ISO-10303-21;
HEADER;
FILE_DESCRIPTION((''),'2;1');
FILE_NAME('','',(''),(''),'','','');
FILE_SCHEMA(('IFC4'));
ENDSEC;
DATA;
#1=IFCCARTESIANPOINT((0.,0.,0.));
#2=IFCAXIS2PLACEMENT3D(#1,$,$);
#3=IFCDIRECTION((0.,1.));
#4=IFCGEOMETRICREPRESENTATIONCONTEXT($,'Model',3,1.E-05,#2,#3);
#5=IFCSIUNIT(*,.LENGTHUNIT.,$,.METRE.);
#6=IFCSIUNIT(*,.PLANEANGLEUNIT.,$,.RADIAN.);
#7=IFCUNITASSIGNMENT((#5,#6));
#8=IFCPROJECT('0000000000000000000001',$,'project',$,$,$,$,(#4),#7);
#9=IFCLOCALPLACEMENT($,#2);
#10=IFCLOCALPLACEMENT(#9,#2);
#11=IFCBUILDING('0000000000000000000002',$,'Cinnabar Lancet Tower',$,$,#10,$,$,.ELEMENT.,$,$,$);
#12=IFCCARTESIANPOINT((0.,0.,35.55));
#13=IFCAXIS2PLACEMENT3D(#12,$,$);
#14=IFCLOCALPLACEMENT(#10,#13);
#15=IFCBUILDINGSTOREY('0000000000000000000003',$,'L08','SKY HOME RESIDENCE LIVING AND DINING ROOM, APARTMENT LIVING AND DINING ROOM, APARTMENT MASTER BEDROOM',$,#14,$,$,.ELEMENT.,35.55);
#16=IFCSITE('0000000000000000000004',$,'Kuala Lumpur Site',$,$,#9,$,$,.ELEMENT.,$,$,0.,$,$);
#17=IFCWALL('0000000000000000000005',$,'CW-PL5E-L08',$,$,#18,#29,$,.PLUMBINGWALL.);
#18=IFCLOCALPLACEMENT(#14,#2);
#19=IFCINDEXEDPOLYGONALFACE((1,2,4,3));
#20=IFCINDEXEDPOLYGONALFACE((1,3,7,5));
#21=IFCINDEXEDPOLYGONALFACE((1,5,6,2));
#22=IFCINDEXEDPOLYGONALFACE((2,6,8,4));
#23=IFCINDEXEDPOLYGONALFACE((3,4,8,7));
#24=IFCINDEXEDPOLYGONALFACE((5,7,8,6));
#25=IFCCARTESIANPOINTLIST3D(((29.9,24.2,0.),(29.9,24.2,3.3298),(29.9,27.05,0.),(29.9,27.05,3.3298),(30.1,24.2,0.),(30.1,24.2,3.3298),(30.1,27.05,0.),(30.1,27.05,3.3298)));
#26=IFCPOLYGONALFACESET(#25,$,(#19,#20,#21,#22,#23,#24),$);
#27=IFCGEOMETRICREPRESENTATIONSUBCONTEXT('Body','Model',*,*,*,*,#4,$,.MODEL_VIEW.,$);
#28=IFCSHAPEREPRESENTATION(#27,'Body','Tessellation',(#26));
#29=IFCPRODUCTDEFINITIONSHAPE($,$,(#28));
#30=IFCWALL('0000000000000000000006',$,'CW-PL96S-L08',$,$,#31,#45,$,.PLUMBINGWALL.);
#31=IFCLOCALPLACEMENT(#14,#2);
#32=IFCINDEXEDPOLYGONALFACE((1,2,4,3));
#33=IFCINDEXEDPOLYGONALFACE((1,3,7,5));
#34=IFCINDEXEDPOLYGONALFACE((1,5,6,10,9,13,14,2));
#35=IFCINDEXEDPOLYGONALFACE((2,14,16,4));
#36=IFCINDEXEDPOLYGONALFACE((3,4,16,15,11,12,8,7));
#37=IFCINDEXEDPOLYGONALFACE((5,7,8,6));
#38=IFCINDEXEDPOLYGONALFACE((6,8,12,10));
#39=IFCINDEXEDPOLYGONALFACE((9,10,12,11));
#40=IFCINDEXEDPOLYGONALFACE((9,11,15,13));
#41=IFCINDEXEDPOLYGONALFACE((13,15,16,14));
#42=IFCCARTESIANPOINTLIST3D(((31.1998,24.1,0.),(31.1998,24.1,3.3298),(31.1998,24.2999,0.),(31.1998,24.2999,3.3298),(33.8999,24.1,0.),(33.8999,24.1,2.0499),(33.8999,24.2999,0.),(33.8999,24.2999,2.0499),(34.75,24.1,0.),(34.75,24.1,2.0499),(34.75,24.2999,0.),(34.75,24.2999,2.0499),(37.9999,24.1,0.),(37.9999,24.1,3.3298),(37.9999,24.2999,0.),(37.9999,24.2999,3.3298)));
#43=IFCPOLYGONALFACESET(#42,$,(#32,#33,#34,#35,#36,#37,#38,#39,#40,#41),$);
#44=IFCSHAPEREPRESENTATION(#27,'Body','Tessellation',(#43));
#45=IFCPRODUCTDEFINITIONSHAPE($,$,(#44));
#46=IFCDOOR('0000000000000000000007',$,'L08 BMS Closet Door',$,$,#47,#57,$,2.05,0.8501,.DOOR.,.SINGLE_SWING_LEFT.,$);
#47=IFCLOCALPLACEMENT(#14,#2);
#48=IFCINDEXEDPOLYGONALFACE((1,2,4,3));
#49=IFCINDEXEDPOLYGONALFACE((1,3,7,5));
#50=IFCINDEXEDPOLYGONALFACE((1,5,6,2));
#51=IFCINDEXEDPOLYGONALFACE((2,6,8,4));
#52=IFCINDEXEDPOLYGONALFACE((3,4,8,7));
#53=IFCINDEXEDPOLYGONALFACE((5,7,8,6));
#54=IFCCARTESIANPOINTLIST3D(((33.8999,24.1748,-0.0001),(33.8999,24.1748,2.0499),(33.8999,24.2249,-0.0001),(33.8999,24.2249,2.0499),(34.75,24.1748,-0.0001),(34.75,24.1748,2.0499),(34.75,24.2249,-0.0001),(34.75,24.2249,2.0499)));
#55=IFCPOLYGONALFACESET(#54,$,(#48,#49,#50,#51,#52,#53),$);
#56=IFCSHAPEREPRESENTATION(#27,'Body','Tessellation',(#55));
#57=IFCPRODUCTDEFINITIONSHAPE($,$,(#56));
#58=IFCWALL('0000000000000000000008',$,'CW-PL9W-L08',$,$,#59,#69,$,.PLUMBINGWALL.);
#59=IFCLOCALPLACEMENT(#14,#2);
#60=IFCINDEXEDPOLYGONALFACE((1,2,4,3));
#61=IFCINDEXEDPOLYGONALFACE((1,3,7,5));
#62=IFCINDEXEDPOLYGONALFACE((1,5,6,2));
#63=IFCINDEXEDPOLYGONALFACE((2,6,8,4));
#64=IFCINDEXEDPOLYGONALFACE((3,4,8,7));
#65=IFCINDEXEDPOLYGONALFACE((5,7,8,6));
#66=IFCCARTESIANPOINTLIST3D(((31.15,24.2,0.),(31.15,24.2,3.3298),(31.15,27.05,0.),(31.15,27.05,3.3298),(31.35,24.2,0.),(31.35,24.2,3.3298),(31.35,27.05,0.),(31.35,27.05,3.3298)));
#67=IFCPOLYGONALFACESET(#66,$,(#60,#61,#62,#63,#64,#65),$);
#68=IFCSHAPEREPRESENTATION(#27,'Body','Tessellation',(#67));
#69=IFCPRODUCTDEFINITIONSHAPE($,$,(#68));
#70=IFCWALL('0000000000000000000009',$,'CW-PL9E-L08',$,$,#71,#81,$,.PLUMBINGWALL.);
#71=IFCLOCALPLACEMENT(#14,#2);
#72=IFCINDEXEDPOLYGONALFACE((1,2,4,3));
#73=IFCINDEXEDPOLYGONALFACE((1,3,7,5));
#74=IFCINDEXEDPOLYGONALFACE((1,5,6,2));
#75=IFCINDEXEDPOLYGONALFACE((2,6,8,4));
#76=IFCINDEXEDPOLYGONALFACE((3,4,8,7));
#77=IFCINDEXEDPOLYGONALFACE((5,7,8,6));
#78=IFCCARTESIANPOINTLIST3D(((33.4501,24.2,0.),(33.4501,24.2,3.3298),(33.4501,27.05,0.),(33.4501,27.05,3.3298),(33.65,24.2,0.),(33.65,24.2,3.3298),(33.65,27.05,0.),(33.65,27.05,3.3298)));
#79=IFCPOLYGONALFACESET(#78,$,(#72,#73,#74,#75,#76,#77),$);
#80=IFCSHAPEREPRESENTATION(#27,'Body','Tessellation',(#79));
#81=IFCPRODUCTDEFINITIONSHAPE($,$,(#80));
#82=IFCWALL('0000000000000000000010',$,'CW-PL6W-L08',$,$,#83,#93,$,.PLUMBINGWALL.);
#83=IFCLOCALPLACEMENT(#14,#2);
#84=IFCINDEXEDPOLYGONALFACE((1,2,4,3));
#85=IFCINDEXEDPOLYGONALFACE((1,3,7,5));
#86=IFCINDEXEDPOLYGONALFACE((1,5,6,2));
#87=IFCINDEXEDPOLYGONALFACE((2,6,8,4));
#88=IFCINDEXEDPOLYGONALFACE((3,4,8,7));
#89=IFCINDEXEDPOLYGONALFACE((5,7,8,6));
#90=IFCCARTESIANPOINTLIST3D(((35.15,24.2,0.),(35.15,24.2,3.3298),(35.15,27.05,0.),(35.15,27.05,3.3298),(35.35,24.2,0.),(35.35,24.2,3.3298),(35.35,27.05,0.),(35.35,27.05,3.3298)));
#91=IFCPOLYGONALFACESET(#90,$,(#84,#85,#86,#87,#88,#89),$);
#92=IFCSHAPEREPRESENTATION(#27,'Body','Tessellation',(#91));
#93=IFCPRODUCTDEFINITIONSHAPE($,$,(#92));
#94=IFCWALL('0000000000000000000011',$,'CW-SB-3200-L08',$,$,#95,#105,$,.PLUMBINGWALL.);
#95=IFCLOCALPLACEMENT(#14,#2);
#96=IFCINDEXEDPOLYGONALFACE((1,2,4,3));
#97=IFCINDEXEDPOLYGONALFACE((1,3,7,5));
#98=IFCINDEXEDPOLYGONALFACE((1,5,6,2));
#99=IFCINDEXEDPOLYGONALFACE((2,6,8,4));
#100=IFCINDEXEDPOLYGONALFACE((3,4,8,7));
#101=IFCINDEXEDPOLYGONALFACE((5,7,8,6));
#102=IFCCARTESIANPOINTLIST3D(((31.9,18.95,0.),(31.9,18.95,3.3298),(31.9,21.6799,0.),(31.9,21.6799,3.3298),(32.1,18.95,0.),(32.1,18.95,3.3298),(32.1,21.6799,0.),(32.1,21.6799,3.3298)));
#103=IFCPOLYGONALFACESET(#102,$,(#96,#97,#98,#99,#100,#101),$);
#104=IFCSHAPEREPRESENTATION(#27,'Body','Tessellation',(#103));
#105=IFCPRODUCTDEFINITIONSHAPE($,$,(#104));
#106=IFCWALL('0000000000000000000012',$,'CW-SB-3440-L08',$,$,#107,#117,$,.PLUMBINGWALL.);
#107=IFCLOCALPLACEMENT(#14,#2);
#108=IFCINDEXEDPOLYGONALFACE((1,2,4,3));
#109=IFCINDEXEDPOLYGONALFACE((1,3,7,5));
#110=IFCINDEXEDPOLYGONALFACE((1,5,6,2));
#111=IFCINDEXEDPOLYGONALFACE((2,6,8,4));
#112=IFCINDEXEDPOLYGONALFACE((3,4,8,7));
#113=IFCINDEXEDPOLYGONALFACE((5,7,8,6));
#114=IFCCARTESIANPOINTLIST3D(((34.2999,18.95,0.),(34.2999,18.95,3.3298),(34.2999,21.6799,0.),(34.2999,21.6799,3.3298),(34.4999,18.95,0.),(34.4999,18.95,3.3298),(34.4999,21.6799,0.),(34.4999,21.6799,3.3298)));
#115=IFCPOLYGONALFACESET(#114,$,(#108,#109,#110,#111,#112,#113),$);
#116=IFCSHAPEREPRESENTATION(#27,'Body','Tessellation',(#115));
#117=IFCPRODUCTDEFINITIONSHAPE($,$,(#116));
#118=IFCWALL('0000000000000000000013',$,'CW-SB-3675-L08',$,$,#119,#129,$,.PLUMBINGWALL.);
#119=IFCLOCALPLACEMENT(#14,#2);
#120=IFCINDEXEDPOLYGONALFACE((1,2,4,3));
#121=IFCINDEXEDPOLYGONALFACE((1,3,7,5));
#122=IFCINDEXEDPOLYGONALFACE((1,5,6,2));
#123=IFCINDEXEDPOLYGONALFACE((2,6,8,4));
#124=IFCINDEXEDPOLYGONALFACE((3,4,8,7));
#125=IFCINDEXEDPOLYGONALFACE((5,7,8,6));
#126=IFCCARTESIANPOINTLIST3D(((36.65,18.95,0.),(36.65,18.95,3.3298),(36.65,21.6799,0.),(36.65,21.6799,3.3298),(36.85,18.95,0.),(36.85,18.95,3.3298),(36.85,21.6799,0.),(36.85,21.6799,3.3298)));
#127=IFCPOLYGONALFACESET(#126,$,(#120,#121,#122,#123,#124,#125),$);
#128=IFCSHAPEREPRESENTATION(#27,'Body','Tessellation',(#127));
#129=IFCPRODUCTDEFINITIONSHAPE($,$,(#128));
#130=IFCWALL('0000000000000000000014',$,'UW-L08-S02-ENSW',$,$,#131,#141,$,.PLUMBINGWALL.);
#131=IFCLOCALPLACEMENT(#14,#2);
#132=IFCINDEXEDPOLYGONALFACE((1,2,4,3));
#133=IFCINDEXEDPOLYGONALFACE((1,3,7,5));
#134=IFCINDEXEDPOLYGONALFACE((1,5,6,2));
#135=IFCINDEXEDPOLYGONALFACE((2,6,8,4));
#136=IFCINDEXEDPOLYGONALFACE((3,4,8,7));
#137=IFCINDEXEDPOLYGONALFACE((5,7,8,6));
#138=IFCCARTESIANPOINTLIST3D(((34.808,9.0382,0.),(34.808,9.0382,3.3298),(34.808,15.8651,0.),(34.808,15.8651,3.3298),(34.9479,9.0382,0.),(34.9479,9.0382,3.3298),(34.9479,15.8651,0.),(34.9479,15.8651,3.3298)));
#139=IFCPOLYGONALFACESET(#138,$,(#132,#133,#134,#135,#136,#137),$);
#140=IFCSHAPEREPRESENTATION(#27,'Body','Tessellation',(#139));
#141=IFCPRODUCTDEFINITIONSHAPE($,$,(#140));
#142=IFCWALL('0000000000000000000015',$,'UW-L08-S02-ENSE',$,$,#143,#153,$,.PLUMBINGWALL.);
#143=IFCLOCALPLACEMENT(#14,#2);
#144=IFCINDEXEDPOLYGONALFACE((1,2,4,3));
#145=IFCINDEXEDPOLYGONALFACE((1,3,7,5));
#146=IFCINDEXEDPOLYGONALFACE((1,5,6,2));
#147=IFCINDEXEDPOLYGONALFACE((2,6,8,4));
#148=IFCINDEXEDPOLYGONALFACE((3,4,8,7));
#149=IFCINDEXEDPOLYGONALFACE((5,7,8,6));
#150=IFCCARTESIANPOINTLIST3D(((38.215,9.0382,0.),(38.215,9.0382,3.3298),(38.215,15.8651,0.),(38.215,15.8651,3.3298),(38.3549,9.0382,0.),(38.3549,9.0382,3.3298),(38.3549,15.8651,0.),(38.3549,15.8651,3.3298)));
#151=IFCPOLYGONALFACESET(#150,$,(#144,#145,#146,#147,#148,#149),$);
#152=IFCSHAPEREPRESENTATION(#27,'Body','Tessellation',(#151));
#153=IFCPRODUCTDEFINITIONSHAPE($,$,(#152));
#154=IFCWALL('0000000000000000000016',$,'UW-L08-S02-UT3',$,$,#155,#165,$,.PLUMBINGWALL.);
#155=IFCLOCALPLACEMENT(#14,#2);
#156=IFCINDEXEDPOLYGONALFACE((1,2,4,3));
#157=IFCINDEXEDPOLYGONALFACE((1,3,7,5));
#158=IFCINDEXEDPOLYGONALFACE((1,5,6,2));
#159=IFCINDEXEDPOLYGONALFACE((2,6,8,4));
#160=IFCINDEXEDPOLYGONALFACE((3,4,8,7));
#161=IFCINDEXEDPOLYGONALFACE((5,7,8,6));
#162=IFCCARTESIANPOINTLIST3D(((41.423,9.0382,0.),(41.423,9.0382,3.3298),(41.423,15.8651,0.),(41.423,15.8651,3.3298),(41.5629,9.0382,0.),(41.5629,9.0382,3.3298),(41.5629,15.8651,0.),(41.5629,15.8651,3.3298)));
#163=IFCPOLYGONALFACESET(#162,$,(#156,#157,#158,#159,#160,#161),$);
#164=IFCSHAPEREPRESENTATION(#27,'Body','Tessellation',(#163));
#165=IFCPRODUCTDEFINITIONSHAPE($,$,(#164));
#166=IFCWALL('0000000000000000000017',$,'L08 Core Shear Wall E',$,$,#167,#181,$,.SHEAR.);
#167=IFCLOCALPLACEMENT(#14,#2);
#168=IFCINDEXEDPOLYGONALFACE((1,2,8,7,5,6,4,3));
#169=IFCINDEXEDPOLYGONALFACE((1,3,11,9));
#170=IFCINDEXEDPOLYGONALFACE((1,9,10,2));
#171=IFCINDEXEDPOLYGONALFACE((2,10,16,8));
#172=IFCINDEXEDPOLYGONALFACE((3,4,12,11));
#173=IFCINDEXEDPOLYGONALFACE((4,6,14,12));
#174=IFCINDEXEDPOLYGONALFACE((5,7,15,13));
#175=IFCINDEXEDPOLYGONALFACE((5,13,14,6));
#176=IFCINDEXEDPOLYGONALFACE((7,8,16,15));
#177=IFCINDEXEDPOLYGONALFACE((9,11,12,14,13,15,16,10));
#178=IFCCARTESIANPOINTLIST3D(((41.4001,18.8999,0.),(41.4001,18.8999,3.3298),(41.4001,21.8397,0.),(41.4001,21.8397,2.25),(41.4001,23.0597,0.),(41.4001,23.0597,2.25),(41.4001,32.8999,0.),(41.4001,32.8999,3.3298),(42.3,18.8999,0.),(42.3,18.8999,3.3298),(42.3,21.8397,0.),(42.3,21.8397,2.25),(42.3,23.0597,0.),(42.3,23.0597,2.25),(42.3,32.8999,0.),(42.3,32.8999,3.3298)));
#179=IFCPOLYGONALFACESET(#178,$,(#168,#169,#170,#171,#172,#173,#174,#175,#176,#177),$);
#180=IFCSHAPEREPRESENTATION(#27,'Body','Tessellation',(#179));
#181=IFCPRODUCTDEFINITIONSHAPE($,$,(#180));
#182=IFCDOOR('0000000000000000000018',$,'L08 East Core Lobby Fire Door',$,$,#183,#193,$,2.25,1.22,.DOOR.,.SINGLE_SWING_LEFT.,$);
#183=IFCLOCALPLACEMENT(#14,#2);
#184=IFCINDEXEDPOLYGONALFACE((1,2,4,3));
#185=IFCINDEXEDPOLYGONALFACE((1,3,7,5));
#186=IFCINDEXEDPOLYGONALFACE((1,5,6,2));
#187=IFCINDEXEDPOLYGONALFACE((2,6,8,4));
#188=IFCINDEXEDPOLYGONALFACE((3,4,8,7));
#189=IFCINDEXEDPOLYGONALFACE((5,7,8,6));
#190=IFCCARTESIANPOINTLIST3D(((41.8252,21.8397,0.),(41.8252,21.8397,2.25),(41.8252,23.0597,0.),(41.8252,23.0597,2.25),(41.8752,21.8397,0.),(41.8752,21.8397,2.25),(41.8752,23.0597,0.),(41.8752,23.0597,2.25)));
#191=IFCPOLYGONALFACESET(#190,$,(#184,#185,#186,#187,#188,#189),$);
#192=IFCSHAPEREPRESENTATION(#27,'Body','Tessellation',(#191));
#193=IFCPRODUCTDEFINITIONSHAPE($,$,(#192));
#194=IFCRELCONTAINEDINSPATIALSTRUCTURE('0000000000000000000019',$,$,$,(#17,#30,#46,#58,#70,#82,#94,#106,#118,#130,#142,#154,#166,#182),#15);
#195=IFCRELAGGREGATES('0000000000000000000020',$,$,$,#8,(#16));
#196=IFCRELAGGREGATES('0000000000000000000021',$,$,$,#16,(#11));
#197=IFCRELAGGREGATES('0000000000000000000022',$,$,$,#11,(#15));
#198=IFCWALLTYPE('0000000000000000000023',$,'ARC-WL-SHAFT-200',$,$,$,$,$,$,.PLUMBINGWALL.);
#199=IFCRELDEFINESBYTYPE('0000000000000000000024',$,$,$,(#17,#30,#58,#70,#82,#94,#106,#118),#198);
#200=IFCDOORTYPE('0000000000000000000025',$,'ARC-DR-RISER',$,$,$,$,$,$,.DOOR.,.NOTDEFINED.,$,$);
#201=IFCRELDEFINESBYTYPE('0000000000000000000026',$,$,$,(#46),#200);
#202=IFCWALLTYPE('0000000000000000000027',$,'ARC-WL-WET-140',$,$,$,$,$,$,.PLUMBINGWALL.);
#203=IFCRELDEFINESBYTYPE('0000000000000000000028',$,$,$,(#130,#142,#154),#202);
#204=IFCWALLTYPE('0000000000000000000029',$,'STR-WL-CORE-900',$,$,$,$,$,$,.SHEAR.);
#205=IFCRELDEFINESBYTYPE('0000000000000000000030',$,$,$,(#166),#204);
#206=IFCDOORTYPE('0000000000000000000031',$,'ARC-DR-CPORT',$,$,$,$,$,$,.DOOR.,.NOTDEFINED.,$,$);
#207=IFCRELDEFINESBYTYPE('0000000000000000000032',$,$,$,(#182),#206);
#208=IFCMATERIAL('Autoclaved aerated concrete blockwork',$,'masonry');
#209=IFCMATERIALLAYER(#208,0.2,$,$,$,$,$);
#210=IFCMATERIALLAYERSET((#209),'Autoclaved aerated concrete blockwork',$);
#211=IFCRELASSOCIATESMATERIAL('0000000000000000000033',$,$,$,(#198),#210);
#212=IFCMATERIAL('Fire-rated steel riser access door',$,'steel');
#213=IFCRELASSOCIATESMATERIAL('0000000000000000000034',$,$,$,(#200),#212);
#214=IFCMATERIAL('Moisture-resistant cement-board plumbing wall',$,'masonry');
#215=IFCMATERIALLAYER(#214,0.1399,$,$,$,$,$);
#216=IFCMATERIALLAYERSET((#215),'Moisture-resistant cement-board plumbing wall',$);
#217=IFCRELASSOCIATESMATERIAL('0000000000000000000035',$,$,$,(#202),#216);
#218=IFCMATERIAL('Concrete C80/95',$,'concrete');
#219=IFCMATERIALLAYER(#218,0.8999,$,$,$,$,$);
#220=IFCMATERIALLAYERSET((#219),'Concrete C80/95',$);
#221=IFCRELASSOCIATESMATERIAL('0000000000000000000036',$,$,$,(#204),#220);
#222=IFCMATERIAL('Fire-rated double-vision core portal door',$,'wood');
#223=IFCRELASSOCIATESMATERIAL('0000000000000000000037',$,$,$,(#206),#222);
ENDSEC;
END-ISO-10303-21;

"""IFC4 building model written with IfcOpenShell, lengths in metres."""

from ifc_helpers import new_model, si_unit, direction, frame, frame_2d, origin, place, context, subcontext, project, spatial, rectangle, extrude, material, layer, layer_set, type_object, element, fill, save


model = new_model("IFC4")

# Units and contexts
model_context = context("Model", 3, precision=1e-05, world=origin(), true_north=direction((0.0, 1.0)))
body_context = subcontext(model_context, "Body", "Model", "MODEL_VIEW")
ifc_project = project(units=[si_unit("LENGTHUNIT", "METRE"), si_unit("PLANEANGLEUNIT", "RADIAN")], contexts=[model_context])

# Site, building, storey
site_placement = place(None, origin())
site = spatial("IfcSite", under=ifc_project, at=site_placement, Name="Kuala Lumpur Site", CompositionType="ELEMENT", RefElevation=0.0)
building_placement = place(site_placement, origin())
building = spatial("IfcBuilding", under=site, at=building_placement, Name="Cinnabar Lancet Tower", CompositionType="ELEMENT")
storey_placement = place(building_placement, frame((0.0, 0.0, 35.55)))
storey = spatial("IfcBuildingStorey", under=building, at=storey_placement, Name="L08", Description="SKY HOME RESIDENCE LIVING AND DINING ROOM, APARTMENT LIVING AND DINING ROOM, APARTMENT MASTER BEDROOM", CompositionType="ELEMENT", Elevation=35.55)

# Wall
ifc_material_1 = material(Name="Autoclaved aerated concrete blockwork", Category="masonry")
ifc_layer_1 = layer(ifc_material_1, 0.2)
ifc_layer_set_1 = layer_set([ifc_layer_1], Name="Autoclaved aerated concrete blockwork")
wall_type_1 = type_object("IfcWallType", Name="ARC-WL-SHAFT-200", PredefinedType="PLUMBINGWALL", material=ifc_layer_set_1)
wall_1_placement = place(storey_placement, frame((30.0, 24.2, 0.0), z_axis=(0.0, 0.0, 1.0), x_axis=(0.0, 1.0, 0.0)))
element("IfcWall", 1, at=wall_1_placement, inside=storey, type_object=wall_type_1, Name="CW-PL5E-L08", PredefinedType="PLUMBINGWALL", context=body_context, shape_type="SweptSolid", body=[
    extrude(rectangle(XDim=2.8501, YDim=0.2, at=frame_2d((1.425, 0.0))), origin(), (0.0, 0.0, 1.0), 3.3298),
])

# Wall, opening, door
wall_2_placement = place(storey_placement, frame((31.2, 24.2, 0.0), z_axis=(0.0, 0.0, 1.0), x_axis=(1.0, 0.0, 0.0)))
wall_2 = element("IfcWall", 2, at=wall_2_placement, inside=storey, type_object=wall_type_1, Name="CW-PL96S-L08", PredefinedType="PLUMBINGWALL", context=body_context, shape_type="SweptSolid", body=[
    extrude(rectangle(XDim=6.8, YDim=0.2, at=frame_2d((3.3999, 0.0))), origin(), (0.0, 0.0, 1.0), 3.3298),
])
opening_1_placement = place(wall_2_placement, frame((2.7, 0.0, 0.0)))
opening_1 = element("IfcOpeningElement", 3, at=opening_1_placement, cuts=wall_2, PredefinedType="OPENING", context=body_context, shape_type="SweptSolid", body=[
    extrude(rectangle(XDim=0.8501, YDim=2.05, at=frame_2d((0.425, 1.0249))), frame((0.0, 0.1099, 0.0), z_axis=(0.0, -1.0, 0.0), x_axis=(1.0, 0.0, 0.0)), (0.0, 0.0, 1.0), 0.22),
])
ifc_material_2 = material(Name="Fire-rated steel riser access door", Category="steel")
door_type_1 = type_object("IfcDoorType", Name="ARC-DR-RISER", OperationType="NOTDEFINED", PredefinedType="DOOR", material=ifc_material_2)
door_1_placement = place(opening_1_placement, origin())
door_1 = element("IfcDoor", 4, at=door_1_placement, inside=storey, type_object=door_type_1, Name="L08 BMS Closet Door", OperationType="SINGLE_SWING_LEFT", OverallHeight=2.05, OverallWidth=0.8501, PredefinedType="DOOR", context=body_context, shape_type="SweptSolid", body=[
    extrude(rectangle(XDim=0.8501, YDim=2.05, at=frame_2d((0.425, 1.0249))), frame((0.0, 0.0249, 0.0), z_axis=(0.0, -1.0, 0.0), x_axis=(1.0, 0.0, 0.0)), (0.0, 0.0, 1.0), 0.05),
])
fill(opening_1, door_1)

# Walls
for number, where, z_axis, x_axis, name in (
    (5, (31.25, 24.2, 0.0), (0.0, 0.0, 1.0), (0.0, 1.0, 0.0), "CW-PL9W-L08"),
    (6, (33.55, 24.2, 0.0), (0.0, 0.0, 1.0), (0.0, 1.0, 0.0), "CW-PL9E-L08"),
    (7, (35.25, 24.2, 0.0), (0.0, 0.0, 1.0), (0.0, 1.0, 0.0), "CW-PL6W-L08"),
):
    element("IfcWall", number, at=place(storey_placement, frame(where, z_axis=z_axis, x_axis=x_axis)), inside=storey, type_object=wall_type_1, Name=name, PredefinedType="PLUMBINGWALL", context=body_context, shape_type="SweptSolid", body=[
        extrude(rectangle(XDim=2.8501, YDim=0.2, at=frame_2d((1.425, 0.0))), origin(), (0.0, 0.0, 1.0), 3.3298),
    ])
for number, where, z_axis, x_axis, name in (
    (8, (32.0, 18.95, 0.0), (0.0, 0.0, 1.0), (0.0, 1.0, 0.0), "CW-SB-3200-L08"),
    (9, (34.3999, 18.95, 0.0), (0.0, 0.0, 1.0), (0.0, 1.0, 0.0), "CW-SB-3440-L08"),
    (10, (36.75, 18.95, 0.0), (0.0, 0.0, 1.0), (0.0, 1.0, 0.0), "CW-SB-3675-L08"),
):
    element("IfcWall", number, at=place(storey_placement, frame(where, z_axis=z_axis, x_axis=x_axis)), inside=storey, type_object=wall_type_1, Name=name, PredefinedType="PLUMBINGWALL", context=body_context, shape_type="SweptSolid", body=[
        extrude(rectangle(XDim=2.73, YDim=0.2, at=frame_2d((1.365, 0.0))), origin(), (0.0, 0.0, 1.0), 3.3298),
    ])
ifc_material_3 = material(Name="Moisture-resistant cement-board plumbing wall", Category="masonry")
ifc_layer_2 = layer(ifc_material_3, 0.1399)
ifc_layer_set_2 = layer_set([ifc_layer_2], Name="Moisture-resistant cement-board plumbing wall")
wall_type_2 = type_object("IfcWallType", Name="ARC-WL-WET-140", PredefinedType="PLUMBINGWALL", material=ifc_layer_set_2)
for number, where, z_axis, x_axis, name in (
    (11, (34.8779, 9.0381, 0.0), (0.0, 0.0, 1.0), (0.0, 1.0, 0.0), "UW-L08-S02-ENSW"),
    (12, (38.2849, 9.0381, 0.0), (0.0, 0.0, 1.0), (0.0, 1.0, 0.0), "UW-L08-S02-ENSE"),
    (13, (41.4929, 9.0381, 0.0), (0.0, 0.0, 1.0), (0.0, 1.0, 0.0), "UW-L08-S02-UT3"),
):
    element("IfcWall", number, at=place(storey_placement, frame(where, z_axis=z_axis, x_axis=x_axis)), inside=storey, type_object=wall_type_2, Name=name, PredefinedType="PLUMBINGWALL", context=body_context, shape_type="SweptSolid", body=[
        extrude(rectangle(XDim=6.8269, YDim=0.1399, at=frame_2d((3.4136, 0.0))), origin(), (0.0, 0.0, 1.0), 3.3298),
    ])

# Wall, opening, door
ifc_material_4 = material(Name="Concrete C80/95", Category="concrete")
ifc_layer_3 = layer(ifc_material_4, 0.8999)
ifc_layer_set_3 = layer_set([ifc_layer_3], Name="Concrete C80/95")
wall_type_3 = type_object("IfcWallType", Name="STR-WL-CORE-900", PredefinedType="SHEAR", material=ifc_layer_set_3)
wall_3_placement = place(storey_placement, frame((41.8501, 18.8999, 0.0), z_axis=(0.0, 0.0, 1.0), x_axis=(0.0, 1.0, 0.0)))
wall_3 = element("IfcWall", 14, at=wall_3_placement, inside=storey, type_object=wall_type_3, Name="L08 Core Shear Wall E", PredefinedType="SHEAR", context=body_context, shape_type="SweptSolid", body=[
    extrude(rectangle(XDim=14.0, YDim=0.8999, at=frame_2d((7.0, 0.0))), origin(), (0.0, 0.0, 1.0), 3.3298),
])
opening_2_placement = place(wall_3_placement, frame((2.9399, 0.0, 0.0)))
opening_2 = element("IfcOpeningElement", 15, at=opening_2_placement, cuts=wall_3, PredefinedType="OPENING", context=body_context, shape_type="SweptSolid", body=[
    extrude(rectangle(XDim=1.22, YDim=2.25, at=frame_2d((0.6099, 1.125))), frame((0.0, 0.46, 0.0), z_axis=(0.0, -1.0, 0.0), x_axis=(1.0, 0.0, 0.0)), (0.0, 0.0, 1.0), 0.9199),
])
ifc_material_5 = material(Name="Fire-rated double-vision core portal door", Category="wood")
door_type_2 = type_object("IfcDoorType", Name="ARC-DR-CPORT", OperationType="NOTDEFINED", PredefinedType="DOOR", material=ifc_material_5)
door_2_placement = place(opening_2_placement, origin())
door_2 = element("IfcDoor", 16, at=door_2_placement, inside=storey, type_object=door_type_2, Name="L08 East Core Lobby Fire Door", OperationType="SINGLE_SWING_LEFT", OverallHeight=2.25, OverallWidth=1.22, PredefinedType="DOOR", context=body_context, shape_type="SweptSolid", body=[
    extrude(rectangle(XDim=1.22, YDim=2.25, at=frame_2d((0.6099, 1.125))), frame((0.0, 0.0249, 0.0), z_axis=(0.0, -1.0, 0.0), x_axis=(1.0, 0.0, 0.0)), (0.0, 0.0, 1.0), 0.05),
])
fill(opening_2, door_2)

save(model, "model.ifc")
